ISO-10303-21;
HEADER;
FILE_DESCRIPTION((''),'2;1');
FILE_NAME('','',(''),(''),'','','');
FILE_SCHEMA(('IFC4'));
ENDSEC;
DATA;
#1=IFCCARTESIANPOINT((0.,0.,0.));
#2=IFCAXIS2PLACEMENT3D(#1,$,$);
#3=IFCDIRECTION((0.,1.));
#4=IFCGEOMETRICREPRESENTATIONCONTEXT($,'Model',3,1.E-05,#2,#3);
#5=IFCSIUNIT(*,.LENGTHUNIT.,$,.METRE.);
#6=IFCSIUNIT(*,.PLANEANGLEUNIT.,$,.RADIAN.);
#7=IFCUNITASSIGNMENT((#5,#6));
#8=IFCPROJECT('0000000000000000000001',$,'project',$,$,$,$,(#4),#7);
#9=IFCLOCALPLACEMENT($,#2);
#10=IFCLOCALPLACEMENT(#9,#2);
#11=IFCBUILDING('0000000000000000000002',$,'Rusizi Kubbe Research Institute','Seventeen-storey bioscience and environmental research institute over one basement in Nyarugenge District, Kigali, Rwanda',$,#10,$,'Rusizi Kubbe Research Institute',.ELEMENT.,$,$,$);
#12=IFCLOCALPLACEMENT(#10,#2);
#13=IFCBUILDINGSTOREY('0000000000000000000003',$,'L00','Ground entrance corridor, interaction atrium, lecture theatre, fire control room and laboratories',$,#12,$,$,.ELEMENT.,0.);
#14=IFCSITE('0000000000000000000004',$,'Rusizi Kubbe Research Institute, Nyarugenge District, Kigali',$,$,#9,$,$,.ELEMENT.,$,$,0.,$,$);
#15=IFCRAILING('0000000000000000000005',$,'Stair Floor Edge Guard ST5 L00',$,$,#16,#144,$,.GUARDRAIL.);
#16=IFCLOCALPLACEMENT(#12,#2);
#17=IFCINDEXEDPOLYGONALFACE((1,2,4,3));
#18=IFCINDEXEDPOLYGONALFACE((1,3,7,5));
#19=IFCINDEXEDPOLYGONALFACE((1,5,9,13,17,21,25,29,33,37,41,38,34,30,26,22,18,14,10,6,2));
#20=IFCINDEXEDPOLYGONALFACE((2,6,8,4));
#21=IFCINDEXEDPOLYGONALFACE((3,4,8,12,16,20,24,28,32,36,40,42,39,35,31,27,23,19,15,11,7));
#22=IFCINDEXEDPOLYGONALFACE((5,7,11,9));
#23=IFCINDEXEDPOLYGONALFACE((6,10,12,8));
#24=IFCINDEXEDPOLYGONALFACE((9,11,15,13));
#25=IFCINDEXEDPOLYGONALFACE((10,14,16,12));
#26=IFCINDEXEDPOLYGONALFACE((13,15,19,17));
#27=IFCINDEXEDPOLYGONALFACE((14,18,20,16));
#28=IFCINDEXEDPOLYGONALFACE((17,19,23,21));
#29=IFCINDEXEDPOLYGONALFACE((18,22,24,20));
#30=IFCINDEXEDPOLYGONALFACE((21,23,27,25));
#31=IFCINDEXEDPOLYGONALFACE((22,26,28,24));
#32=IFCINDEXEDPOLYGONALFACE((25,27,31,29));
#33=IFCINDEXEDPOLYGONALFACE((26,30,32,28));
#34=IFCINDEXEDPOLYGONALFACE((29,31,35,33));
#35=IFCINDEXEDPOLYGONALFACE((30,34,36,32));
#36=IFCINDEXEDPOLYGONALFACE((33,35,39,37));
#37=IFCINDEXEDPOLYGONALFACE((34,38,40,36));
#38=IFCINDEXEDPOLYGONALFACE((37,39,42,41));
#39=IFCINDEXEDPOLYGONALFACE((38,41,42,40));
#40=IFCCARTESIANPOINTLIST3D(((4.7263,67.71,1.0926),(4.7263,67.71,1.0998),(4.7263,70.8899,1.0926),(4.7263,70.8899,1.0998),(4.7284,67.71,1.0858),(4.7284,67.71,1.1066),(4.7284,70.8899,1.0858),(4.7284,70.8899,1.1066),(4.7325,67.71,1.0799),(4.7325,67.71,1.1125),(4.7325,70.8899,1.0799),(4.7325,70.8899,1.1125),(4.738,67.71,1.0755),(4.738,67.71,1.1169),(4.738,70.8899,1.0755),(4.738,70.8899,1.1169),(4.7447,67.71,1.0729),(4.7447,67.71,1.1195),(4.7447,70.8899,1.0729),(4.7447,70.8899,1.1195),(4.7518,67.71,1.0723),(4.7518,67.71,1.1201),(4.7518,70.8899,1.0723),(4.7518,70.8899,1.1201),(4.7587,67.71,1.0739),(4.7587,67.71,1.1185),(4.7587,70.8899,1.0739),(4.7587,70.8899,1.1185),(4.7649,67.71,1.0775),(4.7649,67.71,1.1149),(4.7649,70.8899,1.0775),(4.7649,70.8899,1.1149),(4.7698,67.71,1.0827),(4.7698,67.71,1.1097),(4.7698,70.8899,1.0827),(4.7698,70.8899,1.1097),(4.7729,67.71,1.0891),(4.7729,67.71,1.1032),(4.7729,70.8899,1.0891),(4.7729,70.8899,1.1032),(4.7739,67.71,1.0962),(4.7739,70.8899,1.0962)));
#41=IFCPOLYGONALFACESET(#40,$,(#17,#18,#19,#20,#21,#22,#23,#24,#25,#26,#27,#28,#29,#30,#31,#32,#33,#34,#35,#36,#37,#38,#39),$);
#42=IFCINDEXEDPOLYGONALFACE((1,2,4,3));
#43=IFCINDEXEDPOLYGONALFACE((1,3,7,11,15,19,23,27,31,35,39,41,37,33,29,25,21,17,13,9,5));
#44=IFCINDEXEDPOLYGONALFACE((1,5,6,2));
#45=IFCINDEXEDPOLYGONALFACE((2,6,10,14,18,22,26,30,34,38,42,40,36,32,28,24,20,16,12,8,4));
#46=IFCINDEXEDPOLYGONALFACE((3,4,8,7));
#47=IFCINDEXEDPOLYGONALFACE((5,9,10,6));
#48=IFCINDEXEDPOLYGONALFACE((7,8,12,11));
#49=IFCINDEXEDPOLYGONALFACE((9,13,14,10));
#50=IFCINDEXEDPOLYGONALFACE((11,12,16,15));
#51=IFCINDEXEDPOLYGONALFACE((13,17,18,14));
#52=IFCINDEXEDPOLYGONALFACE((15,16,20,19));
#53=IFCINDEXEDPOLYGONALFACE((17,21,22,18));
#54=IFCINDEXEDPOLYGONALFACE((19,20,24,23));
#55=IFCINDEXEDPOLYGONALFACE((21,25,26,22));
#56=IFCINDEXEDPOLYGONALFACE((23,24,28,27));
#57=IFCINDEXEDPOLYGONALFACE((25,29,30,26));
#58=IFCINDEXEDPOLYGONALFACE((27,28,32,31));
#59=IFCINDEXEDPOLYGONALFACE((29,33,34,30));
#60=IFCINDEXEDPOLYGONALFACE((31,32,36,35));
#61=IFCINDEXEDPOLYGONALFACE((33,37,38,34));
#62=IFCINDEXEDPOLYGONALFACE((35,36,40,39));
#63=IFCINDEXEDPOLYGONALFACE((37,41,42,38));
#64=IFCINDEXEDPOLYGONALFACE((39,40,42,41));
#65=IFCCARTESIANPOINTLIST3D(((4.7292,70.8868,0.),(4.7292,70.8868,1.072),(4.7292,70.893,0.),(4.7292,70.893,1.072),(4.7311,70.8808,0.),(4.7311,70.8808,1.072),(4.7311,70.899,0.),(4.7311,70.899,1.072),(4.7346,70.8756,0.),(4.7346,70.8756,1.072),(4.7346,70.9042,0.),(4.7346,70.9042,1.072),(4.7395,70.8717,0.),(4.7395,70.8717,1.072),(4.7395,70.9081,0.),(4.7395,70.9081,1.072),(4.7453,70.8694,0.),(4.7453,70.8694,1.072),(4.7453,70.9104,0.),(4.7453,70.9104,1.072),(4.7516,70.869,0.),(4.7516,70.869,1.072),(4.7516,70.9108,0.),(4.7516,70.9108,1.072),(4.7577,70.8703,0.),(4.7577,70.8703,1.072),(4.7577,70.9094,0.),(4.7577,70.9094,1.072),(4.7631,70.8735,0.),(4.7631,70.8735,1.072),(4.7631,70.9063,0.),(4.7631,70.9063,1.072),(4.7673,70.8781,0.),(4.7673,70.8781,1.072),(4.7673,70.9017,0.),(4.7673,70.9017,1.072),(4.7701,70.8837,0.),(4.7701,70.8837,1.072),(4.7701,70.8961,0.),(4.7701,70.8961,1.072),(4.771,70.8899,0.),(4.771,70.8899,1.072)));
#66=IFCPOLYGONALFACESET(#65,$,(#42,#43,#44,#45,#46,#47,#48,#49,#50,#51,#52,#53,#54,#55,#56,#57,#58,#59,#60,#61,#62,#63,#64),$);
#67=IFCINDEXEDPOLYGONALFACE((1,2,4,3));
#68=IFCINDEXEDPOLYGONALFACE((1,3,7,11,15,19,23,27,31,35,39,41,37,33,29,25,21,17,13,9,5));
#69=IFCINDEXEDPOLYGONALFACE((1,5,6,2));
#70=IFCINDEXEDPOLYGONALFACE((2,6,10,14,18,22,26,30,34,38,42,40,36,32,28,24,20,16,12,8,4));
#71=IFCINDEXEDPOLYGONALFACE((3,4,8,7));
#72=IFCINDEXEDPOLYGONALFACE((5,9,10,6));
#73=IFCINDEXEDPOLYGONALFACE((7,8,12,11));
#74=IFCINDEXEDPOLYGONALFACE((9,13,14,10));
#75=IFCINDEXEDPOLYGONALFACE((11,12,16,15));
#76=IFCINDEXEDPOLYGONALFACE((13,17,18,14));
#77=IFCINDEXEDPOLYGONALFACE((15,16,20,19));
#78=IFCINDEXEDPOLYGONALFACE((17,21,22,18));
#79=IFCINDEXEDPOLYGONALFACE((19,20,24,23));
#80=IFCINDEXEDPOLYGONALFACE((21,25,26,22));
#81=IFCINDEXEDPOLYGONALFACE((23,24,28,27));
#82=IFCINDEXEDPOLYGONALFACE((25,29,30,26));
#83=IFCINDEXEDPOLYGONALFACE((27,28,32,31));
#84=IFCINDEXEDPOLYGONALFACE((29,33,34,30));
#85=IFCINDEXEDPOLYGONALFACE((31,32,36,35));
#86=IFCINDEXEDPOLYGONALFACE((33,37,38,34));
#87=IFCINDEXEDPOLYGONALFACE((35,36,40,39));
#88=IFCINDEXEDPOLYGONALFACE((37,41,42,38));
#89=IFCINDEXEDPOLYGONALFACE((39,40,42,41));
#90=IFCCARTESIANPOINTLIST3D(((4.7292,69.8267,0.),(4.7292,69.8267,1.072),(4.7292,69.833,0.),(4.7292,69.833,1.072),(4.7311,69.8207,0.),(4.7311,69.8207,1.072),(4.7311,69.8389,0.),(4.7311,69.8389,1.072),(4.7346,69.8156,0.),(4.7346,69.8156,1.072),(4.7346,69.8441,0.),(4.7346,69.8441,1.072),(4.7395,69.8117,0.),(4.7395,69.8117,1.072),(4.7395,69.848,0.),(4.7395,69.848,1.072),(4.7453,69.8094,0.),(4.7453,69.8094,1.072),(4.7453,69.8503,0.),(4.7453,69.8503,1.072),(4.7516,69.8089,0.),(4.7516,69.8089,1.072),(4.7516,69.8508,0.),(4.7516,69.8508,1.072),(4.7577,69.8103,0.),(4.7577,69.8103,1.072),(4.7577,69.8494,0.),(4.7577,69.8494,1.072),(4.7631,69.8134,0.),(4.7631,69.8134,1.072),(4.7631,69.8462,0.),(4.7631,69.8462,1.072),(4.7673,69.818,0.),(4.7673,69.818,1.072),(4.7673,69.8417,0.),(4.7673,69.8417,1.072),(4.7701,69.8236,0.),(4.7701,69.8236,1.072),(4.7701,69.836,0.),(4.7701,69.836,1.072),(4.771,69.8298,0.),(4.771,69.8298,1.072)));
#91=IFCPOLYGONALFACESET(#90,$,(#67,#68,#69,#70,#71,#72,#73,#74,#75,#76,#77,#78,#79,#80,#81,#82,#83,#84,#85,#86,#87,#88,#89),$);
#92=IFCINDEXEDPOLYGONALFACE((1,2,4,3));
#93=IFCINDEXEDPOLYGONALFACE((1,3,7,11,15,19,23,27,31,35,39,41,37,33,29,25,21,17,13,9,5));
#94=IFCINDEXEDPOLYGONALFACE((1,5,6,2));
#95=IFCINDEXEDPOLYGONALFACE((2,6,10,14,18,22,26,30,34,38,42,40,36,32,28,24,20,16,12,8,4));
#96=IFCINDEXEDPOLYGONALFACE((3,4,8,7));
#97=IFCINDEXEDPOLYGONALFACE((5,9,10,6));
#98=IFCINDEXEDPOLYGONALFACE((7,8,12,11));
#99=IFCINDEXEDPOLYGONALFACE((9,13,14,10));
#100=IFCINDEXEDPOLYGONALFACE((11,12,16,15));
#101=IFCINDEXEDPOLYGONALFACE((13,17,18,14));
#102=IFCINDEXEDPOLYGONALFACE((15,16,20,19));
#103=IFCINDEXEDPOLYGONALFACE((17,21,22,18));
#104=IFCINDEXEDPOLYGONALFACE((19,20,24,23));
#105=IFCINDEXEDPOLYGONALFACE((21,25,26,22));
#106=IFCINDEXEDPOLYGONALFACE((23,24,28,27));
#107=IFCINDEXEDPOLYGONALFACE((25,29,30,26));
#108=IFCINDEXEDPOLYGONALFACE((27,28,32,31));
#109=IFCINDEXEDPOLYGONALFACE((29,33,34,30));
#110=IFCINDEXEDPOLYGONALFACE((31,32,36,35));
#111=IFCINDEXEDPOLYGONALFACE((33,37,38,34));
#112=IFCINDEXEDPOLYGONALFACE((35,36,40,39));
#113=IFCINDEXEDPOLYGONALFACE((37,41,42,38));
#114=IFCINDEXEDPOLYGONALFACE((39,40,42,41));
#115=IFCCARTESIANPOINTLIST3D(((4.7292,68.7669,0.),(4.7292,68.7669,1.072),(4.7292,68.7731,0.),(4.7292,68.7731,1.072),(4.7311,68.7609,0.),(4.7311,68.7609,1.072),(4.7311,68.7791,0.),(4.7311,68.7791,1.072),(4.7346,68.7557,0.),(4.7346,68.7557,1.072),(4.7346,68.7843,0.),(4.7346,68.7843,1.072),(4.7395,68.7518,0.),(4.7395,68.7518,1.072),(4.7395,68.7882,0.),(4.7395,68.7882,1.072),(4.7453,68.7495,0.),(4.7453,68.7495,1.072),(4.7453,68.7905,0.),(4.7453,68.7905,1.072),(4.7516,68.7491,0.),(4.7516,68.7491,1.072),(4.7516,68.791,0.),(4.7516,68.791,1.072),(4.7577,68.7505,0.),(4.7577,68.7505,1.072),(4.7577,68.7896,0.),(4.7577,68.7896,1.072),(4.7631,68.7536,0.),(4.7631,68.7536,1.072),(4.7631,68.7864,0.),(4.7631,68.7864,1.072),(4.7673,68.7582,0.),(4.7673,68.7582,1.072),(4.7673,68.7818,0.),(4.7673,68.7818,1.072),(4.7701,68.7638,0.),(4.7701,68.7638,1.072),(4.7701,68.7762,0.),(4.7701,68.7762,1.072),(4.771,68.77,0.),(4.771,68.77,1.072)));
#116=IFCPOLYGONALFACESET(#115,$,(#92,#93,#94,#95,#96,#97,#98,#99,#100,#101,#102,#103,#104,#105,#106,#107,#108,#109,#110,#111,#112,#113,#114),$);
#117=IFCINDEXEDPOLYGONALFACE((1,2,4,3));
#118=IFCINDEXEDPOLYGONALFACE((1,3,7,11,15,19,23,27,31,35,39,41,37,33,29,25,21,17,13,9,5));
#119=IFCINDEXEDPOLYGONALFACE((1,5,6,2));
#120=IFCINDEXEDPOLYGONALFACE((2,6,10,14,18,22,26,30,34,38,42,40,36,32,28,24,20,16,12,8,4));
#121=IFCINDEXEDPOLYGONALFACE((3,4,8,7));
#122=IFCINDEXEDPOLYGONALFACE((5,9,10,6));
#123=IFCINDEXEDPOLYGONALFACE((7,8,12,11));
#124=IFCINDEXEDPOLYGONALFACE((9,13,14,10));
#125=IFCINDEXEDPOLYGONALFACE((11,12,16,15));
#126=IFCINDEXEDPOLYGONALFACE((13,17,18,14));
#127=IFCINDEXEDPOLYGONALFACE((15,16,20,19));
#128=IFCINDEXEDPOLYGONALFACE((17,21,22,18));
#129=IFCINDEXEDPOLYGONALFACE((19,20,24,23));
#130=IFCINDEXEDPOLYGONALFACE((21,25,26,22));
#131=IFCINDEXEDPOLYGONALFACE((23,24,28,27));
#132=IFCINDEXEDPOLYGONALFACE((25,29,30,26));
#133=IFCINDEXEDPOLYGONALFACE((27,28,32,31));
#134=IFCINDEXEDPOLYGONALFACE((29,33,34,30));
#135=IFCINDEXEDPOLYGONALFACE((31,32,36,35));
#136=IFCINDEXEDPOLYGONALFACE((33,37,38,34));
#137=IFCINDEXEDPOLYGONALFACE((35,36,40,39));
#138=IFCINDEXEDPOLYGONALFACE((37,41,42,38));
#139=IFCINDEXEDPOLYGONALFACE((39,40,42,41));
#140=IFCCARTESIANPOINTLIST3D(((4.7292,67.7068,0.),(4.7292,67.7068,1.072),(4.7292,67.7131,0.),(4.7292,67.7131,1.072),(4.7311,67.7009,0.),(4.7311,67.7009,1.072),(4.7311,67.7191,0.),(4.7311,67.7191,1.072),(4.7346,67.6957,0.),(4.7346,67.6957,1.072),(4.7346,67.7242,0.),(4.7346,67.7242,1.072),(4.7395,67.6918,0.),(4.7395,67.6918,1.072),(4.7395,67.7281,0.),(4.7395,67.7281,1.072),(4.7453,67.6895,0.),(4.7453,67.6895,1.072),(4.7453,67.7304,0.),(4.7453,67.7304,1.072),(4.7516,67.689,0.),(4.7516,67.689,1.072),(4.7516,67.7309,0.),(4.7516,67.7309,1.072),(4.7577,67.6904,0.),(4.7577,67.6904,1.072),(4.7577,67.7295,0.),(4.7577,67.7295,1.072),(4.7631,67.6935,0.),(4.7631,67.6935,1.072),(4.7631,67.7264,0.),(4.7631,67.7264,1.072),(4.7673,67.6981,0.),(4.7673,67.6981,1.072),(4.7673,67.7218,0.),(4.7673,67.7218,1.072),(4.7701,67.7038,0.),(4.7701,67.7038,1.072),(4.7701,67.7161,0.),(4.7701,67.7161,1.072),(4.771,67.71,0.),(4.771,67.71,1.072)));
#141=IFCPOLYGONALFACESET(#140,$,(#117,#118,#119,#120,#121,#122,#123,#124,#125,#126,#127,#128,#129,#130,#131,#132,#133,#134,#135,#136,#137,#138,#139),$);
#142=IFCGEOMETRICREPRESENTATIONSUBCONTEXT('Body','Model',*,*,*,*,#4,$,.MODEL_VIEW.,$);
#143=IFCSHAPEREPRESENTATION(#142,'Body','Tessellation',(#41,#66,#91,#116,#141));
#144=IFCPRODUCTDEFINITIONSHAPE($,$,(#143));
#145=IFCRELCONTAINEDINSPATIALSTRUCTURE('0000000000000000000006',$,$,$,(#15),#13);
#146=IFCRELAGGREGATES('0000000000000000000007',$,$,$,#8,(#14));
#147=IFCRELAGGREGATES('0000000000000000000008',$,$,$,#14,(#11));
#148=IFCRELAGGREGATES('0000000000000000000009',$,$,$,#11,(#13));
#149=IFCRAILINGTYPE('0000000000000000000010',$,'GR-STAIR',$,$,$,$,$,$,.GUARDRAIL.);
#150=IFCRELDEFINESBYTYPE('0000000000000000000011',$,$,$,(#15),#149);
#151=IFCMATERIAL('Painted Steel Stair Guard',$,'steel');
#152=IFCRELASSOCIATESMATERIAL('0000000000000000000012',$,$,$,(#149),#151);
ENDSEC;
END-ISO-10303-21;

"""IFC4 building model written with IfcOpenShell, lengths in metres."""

from ifc_helpers import new_model, si_unit, direction, frame, origin, origin_2d, place, context, subcontext, project, spatial, circle, extrude, material, type_object, element, save


model = new_model("IFC4")

# Units and contexts
model_context = context("Model", 3, precision=1e-05, world=origin(), true_north=direction((0.0, 1.0)))
body_context = subcontext(model_context, "Body", "Model", "MODEL_VIEW")
ifc_project = project(units=[si_unit("LENGTHUNIT", "METRE"), si_unit("PLANEANGLEUNIT", "RADIAN")], contexts=[model_context])

# Site, building, storey
site_placement = place(None, origin())
site = spatial("IfcSite", under=ifc_project, at=site_placement, Name="Rusizi Kubbe Research Institute, Nyarugenge District, Kigali", CompositionType="ELEMENT", RefElevation=0.0)
building_placement = place(site_placement, origin())
building = spatial("IfcBuilding", under=site, at=building_placement, Name="Rusizi Kubbe Research Institute", Description="Seventeen-storey bioscience and environmental research institute over one basement in Nyarugenge District, Kigali, Rwanda", LongName="Rusizi Kubbe Research Institute", CompositionType="ELEMENT")
storey_placement = place(building_placement, origin())
storey = spatial("IfcBuildingStorey", under=building, at=storey_placement, Name="L00", Description="Ground entrance corridor, interaction atrium, lecture theatre, fire control room and laboratories", CompositionType="ELEMENT", Elevation=0.0)

# Railing
ifc_material_1 = material(Name="Painted Steel Stair Guard", Category="steel")
railing_type_1 = type_object("IfcRailingType", Name="GR-STAIR", PredefinedType="GUARDRAIL", material=ifc_material_1)
railing_1_placement = place(storey_placement, frame((4.75, 70.8899, 0.0)))
element("IfcRailing", 1, at=railing_1_placement, inside=storey, type_object=railing_type_1, Name="Stair Floor Edge Guard ST5 L00", PredefinedType="GUARDRAIL", context=body_context, shape_type="SweptSolid", body=[
    extrude(circle(Radius=0.0239, at=origin_2d()), frame((0.0, 0.0, 1.0962), z_axis=(0.0, -1.0, 0.0), x_axis=(1.0, 0.0, 0.0)), (0.0, 0.0, 1.0), 3.1799),
    extrude(circle(Radius=0.021, at=origin_2d()), origin(), (0.0, 0.0, 1.0), 1.072),
    extrude(circle(Radius=0.021, at=origin_2d()), frame((0.0, -1.0601, 0.0)), (0.0, 0.0, 1.0), 1.072),
    extrude(circle(Radius=0.021, at=origin_2d()), frame((0.0, -2.1199, 0.0)), (0.0, 0.0, 1.0), 1.072),
    extrude(circle(Radius=0.021, at=origin_2d()), frame((0.0, -3.1799, 0.0)), (0.0, 0.0, 1.0), 1.072),
])

save(model, "model.ifc")
